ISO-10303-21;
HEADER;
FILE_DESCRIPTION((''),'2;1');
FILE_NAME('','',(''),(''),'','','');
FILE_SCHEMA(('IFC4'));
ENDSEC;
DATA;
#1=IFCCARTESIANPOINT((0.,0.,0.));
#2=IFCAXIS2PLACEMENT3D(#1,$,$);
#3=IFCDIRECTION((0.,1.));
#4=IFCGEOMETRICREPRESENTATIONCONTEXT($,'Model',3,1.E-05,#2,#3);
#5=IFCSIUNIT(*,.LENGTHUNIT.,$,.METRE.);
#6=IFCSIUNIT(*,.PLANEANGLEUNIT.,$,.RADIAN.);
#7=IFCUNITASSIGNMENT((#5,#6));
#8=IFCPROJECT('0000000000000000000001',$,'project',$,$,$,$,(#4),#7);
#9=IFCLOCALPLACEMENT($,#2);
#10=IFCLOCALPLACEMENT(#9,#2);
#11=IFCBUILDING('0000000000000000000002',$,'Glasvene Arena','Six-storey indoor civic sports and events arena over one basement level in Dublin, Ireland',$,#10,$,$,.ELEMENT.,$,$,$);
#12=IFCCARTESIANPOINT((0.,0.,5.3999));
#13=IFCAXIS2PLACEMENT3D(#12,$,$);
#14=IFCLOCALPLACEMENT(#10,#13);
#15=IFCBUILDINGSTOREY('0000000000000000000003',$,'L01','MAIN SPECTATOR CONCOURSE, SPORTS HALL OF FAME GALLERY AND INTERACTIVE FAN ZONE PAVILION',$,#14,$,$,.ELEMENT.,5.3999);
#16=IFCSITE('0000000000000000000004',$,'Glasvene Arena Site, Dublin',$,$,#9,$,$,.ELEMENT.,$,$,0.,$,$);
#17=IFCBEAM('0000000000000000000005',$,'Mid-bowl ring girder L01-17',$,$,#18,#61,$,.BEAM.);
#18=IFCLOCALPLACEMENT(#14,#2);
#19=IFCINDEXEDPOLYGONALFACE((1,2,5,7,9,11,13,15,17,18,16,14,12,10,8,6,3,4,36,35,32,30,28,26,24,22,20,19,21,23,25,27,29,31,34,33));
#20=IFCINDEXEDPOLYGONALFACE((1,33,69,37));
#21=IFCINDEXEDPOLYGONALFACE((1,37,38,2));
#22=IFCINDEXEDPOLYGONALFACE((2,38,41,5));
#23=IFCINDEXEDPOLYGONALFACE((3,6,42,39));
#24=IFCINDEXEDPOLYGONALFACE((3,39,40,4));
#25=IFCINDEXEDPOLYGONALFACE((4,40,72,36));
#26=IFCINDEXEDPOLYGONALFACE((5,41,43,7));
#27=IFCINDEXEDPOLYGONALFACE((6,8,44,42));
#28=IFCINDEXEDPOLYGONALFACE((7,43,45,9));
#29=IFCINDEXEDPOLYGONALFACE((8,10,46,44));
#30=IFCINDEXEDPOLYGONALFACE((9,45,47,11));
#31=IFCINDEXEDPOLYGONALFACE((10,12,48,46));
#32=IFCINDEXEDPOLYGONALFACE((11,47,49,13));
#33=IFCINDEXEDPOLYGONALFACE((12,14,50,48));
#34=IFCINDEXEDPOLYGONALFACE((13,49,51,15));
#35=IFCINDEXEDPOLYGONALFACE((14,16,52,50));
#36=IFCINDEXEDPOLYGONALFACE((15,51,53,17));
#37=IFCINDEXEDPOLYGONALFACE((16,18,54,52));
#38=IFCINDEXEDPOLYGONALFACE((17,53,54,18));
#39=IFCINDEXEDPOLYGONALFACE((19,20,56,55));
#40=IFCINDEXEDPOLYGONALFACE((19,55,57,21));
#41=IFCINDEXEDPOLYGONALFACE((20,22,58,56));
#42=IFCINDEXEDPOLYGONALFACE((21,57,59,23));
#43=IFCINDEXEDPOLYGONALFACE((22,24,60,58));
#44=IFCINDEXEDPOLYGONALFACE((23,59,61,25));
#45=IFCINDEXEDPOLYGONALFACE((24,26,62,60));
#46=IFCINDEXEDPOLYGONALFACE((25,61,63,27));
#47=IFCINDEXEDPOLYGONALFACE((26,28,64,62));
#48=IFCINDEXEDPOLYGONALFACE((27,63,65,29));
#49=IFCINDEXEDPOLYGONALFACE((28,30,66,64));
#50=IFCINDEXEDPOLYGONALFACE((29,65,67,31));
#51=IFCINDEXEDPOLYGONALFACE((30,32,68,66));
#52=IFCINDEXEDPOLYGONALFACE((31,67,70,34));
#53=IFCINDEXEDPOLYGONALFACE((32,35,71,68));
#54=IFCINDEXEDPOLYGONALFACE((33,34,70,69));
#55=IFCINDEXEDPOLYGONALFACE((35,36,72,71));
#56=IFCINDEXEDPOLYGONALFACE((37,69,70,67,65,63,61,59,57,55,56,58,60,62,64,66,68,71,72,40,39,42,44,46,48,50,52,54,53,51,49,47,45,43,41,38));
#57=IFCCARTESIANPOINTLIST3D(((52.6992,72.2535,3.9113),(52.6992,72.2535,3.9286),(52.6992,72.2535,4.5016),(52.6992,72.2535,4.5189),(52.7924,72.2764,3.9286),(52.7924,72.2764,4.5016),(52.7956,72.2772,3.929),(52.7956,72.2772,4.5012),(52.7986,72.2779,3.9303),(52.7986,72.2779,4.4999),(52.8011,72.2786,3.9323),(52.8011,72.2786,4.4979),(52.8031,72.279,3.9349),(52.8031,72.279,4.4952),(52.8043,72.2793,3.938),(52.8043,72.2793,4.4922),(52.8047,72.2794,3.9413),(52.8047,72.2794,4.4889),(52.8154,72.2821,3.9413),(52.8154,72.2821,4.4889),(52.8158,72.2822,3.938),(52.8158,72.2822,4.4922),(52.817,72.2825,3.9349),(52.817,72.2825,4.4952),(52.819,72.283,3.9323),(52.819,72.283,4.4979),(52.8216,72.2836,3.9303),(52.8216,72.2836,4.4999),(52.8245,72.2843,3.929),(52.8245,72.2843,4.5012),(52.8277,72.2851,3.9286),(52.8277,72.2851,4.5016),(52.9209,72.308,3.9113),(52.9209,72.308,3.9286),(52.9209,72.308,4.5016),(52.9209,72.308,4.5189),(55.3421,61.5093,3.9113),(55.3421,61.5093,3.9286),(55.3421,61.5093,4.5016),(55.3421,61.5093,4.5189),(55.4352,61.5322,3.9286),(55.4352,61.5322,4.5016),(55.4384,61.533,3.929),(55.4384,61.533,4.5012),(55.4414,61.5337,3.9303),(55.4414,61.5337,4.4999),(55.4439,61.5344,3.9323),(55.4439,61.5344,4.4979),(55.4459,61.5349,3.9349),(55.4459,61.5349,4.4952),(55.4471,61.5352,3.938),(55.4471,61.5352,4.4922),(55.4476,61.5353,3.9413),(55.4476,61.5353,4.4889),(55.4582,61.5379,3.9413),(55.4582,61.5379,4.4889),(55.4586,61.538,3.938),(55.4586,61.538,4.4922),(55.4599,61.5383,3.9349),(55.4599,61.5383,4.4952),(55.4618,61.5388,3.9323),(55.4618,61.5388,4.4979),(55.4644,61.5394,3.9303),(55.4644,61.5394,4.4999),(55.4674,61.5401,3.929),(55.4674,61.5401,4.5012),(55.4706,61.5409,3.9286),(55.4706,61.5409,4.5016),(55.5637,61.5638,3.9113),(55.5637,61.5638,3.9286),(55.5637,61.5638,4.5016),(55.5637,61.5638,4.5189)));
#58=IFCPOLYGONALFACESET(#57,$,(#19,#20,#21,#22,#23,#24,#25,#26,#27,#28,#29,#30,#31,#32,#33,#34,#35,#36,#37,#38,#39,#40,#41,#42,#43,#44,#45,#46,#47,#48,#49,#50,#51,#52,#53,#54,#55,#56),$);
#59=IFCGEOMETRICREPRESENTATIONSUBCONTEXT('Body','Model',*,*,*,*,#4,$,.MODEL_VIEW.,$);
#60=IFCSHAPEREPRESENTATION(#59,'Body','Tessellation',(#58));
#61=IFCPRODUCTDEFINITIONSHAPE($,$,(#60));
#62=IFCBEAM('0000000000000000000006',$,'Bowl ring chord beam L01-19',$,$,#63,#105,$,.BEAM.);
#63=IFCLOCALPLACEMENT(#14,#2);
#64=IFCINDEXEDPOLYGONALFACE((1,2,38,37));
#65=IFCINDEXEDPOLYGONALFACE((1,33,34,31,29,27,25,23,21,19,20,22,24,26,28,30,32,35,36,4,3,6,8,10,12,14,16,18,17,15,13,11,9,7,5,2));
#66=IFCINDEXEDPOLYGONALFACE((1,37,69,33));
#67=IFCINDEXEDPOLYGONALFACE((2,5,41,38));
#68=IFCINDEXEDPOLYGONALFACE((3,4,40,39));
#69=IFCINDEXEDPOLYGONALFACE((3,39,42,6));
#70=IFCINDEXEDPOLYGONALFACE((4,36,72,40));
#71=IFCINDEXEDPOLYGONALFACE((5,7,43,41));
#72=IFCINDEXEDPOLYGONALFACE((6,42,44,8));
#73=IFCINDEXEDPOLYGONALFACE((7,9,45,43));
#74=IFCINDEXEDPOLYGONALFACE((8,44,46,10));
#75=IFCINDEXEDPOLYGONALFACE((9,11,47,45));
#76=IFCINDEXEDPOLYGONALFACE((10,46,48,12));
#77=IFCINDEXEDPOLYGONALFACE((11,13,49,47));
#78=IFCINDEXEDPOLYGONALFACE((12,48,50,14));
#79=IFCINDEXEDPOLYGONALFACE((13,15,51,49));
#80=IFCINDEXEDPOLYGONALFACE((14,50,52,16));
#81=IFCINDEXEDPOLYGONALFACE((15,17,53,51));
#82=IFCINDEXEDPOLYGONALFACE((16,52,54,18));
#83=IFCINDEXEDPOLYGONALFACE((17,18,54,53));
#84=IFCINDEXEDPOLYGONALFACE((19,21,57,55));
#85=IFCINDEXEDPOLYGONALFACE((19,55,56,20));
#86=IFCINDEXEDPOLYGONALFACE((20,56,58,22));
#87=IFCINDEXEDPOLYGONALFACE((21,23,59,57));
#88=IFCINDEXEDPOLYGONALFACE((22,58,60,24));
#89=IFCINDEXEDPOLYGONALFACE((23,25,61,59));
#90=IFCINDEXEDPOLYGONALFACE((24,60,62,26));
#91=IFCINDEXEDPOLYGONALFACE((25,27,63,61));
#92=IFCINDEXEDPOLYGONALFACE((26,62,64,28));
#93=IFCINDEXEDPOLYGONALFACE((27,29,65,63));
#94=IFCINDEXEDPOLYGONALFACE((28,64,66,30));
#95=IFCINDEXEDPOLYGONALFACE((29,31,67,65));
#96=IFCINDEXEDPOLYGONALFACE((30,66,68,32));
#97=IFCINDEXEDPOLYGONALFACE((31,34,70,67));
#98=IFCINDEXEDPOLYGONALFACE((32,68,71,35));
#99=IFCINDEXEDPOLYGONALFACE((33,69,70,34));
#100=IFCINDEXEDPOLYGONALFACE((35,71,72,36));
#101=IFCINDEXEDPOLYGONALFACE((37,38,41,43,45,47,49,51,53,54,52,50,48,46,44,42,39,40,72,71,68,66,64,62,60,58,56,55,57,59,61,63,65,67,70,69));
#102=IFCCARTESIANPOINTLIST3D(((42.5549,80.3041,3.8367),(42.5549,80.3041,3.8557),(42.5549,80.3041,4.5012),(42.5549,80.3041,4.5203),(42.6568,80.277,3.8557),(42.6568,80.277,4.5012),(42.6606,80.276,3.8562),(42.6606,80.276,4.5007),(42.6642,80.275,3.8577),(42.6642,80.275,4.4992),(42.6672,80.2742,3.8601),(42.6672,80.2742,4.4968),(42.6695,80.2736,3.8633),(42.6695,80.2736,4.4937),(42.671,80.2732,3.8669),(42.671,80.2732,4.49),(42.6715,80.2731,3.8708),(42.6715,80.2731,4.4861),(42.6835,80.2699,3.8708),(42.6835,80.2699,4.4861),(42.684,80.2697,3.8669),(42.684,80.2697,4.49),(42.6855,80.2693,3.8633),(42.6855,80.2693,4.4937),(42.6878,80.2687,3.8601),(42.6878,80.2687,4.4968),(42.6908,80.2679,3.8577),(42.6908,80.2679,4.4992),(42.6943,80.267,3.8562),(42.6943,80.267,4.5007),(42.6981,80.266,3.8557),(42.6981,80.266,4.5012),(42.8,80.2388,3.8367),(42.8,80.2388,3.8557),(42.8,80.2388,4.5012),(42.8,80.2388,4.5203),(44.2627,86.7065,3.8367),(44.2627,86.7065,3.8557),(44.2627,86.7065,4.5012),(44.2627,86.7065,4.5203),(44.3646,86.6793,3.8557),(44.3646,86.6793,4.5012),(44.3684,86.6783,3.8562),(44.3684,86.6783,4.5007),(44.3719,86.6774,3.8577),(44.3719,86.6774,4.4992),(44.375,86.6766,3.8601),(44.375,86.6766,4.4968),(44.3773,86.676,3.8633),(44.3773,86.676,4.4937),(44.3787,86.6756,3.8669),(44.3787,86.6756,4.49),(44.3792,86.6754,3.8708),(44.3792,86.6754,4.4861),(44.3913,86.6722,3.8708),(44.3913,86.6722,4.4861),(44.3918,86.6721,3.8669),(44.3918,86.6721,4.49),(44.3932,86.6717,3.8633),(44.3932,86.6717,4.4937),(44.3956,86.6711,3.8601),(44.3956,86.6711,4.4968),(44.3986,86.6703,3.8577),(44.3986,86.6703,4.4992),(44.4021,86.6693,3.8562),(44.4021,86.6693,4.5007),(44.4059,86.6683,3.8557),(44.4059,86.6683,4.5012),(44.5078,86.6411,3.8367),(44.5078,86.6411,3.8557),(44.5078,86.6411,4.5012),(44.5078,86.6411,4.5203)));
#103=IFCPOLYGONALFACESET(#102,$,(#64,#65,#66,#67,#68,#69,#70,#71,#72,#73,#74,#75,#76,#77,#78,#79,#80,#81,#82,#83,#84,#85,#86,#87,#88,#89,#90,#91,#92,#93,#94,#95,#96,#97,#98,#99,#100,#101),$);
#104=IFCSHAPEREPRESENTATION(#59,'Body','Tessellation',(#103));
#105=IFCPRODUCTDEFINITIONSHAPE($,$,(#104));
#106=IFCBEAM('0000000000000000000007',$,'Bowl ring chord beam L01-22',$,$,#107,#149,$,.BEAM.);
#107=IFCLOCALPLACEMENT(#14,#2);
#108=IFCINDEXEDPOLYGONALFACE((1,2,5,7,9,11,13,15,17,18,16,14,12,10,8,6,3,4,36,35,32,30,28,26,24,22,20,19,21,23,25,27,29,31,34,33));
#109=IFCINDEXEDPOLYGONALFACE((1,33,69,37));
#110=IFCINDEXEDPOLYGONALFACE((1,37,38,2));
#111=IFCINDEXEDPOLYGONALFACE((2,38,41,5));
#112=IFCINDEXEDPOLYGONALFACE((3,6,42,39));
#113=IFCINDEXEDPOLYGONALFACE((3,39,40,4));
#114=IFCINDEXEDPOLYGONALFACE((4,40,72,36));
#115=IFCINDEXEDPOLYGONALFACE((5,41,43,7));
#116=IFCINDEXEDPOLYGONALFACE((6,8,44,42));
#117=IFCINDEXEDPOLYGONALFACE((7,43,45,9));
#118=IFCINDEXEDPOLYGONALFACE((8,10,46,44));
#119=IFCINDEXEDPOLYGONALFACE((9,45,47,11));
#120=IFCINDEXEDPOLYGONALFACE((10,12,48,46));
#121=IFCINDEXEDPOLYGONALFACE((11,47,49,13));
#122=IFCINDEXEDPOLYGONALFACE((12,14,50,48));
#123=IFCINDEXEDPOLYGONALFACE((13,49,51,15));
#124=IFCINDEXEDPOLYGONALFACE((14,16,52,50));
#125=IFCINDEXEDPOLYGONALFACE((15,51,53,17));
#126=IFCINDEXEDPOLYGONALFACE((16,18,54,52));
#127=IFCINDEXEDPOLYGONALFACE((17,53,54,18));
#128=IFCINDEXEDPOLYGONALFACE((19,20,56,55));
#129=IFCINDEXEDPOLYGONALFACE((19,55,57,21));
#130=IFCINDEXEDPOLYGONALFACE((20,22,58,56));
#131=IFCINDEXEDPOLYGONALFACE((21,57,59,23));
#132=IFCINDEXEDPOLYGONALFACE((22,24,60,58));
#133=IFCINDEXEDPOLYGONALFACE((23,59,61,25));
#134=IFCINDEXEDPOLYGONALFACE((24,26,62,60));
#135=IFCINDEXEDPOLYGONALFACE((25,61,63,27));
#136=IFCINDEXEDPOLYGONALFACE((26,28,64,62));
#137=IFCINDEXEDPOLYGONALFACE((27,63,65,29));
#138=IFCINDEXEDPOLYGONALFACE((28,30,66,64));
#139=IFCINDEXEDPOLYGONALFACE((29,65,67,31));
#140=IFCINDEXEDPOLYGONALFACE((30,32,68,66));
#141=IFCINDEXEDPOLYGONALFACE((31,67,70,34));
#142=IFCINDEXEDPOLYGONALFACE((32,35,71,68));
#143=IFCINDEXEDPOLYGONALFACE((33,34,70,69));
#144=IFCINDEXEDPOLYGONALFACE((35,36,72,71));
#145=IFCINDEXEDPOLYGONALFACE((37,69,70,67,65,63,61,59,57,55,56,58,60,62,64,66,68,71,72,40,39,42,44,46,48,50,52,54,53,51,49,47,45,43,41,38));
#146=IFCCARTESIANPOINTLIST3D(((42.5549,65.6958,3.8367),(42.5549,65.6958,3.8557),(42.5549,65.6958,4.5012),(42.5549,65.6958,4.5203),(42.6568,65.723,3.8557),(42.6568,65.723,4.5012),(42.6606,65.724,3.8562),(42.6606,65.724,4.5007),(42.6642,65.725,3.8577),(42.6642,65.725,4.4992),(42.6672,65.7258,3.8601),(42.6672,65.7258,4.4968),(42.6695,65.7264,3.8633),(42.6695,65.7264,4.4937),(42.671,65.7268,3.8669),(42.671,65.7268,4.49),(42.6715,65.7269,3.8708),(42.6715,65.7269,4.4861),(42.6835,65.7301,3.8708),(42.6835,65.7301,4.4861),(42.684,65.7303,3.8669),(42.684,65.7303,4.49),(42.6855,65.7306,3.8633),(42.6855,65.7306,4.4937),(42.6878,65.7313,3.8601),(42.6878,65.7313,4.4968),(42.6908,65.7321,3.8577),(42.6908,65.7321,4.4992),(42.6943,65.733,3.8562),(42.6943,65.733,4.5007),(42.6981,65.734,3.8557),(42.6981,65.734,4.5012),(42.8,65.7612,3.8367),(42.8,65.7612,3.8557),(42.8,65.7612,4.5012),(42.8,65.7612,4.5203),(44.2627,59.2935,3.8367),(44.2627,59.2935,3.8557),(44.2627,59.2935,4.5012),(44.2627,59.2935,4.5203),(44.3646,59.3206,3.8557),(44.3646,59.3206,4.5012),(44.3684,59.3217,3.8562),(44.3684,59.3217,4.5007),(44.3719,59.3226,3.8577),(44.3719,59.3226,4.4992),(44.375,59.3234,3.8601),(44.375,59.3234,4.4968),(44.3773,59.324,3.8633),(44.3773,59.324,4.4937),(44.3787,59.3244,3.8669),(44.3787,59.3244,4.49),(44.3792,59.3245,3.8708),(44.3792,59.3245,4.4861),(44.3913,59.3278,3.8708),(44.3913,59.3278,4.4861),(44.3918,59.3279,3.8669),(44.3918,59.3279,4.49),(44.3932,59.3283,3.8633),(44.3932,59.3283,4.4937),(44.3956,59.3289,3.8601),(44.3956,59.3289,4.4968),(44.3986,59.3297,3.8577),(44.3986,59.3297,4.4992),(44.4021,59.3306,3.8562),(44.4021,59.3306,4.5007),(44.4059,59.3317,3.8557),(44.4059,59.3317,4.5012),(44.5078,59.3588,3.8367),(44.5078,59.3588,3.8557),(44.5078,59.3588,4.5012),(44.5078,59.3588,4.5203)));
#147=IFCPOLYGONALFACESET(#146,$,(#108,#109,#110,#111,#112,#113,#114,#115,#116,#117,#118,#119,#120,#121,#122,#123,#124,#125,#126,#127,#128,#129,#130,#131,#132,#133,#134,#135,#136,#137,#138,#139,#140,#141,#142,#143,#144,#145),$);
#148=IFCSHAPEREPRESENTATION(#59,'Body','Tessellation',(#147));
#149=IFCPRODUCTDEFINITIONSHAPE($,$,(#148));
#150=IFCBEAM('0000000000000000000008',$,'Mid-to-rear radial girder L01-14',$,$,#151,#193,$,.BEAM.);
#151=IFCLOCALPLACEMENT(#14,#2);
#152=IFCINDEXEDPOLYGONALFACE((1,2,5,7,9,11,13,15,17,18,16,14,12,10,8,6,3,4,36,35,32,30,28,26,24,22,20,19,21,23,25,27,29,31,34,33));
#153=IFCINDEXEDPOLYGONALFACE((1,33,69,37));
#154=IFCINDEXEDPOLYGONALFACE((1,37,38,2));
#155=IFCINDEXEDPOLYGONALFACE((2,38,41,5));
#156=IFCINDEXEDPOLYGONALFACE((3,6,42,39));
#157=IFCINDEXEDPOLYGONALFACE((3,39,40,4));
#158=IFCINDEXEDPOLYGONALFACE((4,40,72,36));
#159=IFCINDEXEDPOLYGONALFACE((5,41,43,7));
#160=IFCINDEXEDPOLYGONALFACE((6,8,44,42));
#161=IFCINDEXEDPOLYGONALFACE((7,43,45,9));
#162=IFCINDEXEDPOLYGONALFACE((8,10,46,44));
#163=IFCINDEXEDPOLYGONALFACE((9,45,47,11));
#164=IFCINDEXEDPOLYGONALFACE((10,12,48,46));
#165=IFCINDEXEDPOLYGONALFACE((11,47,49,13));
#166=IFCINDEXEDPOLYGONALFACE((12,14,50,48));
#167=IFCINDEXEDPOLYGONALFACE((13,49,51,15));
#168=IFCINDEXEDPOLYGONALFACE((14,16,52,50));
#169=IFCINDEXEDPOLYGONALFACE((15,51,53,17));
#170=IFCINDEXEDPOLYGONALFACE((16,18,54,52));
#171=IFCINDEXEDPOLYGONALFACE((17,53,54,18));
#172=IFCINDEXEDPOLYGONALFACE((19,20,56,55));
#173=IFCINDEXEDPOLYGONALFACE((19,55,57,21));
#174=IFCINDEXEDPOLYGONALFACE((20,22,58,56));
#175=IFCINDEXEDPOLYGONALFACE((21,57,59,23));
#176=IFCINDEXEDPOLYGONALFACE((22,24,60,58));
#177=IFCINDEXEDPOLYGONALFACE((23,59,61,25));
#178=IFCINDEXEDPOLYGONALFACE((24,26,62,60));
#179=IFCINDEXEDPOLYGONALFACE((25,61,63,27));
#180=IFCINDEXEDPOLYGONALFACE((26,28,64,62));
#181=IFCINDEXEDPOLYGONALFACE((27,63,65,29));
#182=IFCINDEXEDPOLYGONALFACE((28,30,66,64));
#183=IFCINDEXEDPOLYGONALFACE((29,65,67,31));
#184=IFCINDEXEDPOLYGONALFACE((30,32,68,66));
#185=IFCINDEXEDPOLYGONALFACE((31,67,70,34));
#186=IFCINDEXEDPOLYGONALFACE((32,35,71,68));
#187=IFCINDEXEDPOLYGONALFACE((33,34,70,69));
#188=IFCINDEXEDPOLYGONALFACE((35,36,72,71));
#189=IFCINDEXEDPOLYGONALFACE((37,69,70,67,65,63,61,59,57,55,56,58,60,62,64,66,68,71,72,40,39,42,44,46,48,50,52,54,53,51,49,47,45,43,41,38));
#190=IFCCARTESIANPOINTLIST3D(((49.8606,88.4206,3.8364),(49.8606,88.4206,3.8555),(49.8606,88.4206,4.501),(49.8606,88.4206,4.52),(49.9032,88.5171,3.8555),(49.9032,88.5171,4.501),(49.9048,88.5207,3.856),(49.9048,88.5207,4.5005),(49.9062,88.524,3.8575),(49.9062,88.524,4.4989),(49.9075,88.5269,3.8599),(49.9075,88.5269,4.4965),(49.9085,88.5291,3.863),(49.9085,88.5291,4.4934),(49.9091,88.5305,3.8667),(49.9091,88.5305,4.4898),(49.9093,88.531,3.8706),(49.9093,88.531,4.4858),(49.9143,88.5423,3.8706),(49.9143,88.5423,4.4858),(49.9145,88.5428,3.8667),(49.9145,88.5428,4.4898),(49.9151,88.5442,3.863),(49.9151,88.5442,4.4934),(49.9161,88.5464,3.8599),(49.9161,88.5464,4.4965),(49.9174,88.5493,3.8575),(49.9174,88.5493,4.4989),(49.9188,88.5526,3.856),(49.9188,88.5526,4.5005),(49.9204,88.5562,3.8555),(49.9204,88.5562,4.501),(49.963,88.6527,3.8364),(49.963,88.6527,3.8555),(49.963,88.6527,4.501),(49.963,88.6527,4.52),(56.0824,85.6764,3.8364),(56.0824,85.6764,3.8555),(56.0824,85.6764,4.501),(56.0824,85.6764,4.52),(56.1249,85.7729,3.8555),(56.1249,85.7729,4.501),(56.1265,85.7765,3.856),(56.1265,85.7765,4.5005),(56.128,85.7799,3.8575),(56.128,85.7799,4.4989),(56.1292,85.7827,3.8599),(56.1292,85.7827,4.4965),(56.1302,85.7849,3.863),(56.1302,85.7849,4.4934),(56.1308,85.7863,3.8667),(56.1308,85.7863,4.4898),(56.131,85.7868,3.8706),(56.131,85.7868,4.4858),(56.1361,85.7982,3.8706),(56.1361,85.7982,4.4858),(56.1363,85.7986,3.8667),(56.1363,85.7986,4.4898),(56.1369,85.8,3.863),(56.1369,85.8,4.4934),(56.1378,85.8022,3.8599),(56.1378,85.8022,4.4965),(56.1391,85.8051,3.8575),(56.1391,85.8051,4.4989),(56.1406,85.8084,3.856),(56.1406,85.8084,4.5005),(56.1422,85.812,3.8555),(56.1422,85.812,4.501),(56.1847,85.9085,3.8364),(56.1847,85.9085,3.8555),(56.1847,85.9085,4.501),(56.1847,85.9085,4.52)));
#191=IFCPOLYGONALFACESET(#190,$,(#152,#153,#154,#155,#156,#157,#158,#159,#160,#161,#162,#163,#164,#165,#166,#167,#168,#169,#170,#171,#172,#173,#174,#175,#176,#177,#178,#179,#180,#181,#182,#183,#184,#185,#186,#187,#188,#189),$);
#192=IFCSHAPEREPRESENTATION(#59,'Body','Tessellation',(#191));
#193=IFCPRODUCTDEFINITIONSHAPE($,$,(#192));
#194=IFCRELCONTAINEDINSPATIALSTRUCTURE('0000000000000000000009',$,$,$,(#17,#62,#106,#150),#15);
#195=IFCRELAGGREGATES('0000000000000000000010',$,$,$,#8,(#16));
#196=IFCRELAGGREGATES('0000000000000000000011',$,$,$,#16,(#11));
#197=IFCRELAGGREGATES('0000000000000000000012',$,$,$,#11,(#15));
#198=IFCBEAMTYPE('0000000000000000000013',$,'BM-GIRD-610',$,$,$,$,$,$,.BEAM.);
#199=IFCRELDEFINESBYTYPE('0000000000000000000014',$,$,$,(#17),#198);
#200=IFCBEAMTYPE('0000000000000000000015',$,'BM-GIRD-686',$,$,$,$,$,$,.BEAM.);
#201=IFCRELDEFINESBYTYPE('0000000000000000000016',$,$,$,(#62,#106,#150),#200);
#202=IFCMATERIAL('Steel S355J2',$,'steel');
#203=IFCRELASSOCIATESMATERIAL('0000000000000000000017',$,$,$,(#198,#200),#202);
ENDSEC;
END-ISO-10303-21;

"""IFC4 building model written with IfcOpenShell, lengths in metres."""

from ifc_helpers import new_model, si_unit, direction, frame, origin, origin_2d, place, context, subcontext, project, spatial, i_section, extrude, material, material_profile, profile_set, type_object, element, save


model = new_model("IFC4")

# Units and contexts
model_context = context("Model", 3, precision=1e-05, world=origin(), true_north=direction((0.0, 1.0)))
body_context = subcontext(model_context, "Body", "Model", "MODEL_VIEW")
ifc_project = project(units=[si_unit("LENGTHUNIT", "METRE"), si_unit("PLANEANGLEUNIT", "RADIAN")], contexts=[model_context])

# Site, building, storey
site_placement = place(None, origin())
site = spatial("IfcSite", under=ifc_project, at=site_placement, Name="Glasvene Arena Site, Dublin", CompositionType="ELEMENT", RefElevation=0.0)
building_placement = place(site_placement, origin())
building = spatial("IfcBuilding", under=site, at=building_placement, Name="Glasvene Arena", Description="Six-storey indoor civic sports and events arena over one basement level in Dublin, Ireland", CompositionType="ELEMENT")
storey_placement = place(building_placement, frame((0.0, 0.0, 5.3999)))
storey = spatial("IfcBuildingStorey", under=building, at=storey_placement, Name="L01", Description="MAIN SPECTATOR CONCOURSE, SPORTS HALL OF FAME GALLERY AND INTERACTIVE FAN ZONE PAVILION", CompositionType="ELEMENT", Elevation=5.3999)

# Shared definitions
ifc_material_1 = material(Name="Steel S355J2", Category="steel")

# Beams
ifc_material_profile_1 = material_profile(ifc_material_1, i_section(OverallWidth=0.2283, OverallDepth=0.6077, WebThickness=0.011, FlangeThickness=0.0173, FilletRadius=0.0127, at=origin_2d()), Name="UKB 610x229x113")
ifc_profile_set_1 = profile_set([ifc_material_profile_1], Name="Steel S355J2")
beam_type_1 = type_object("IfcBeamType", Name="BM-GIRD-610", PredefinedType="BEAM", material=ifc_profile_set_1)
beam_1_placement = place(storey_placement, frame((52.8101, 72.2808, 4.2151), z_axis=(0.238858, -0.971054, 0.0), x_axis=(0.971054, 0.238858, 0.0)))
element("IfcBeam", 1, at=beam_1_placement, inside=storey, type_object=beam_type_1, Name="Mid-bowl ring girder L01-17", PredefinedType="BEAM", context=body_context, shape_type="SweptSolid", body=[
    extrude(i_section(OverallWidth=0.2283, OverallDepth=0.6077, WebThickness=0.011, FlangeThickness=0.0173, FilletRadius=0.0127, at=origin_2d()), origin(), (0.0, 0.0, 1.0), 11.0645),
])
ifc_material_profile_2 = material_profile(ifc_material_1, i_section(OverallWidth=0.2537, OverallDepth=0.6836, WebThickness=0.0125, FlangeThickness=0.019, FilletRadius=0.0151, at=origin_2d()), Name="UKB 686x254x140")
ifc_profile_set_2 = profile_set([ifc_material_profile_2], Name="Steel S355J2")
beam_type_2 = type_object("IfcBeamType", Name="BM-GIRD-686", PredefinedType="BEAM", material=ifc_profile_set_2)
for number, where, z_axis, x_axis, name in (
    (2, (44.3853, 86.6738, 4.1785), (-0.257729, -0.966217, 0.0), (0.966217, -0.257729, 0.0), "Bowl ring chord beam L01-19"),
    (3, (42.6775, 65.7285, 4.1785), (0.257729, -0.966217, 0.0), (0.966217, 0.257729, 0.0), "Bowl ring chord beam L01-22"),
):
    element("IfcBeam", number, at=place(storey_placement, frame(where, z_axis=z_axis, x_axis=x_axis)), inside=storey, type_object=beam_type_2, Name=name, PredefinedType="BEAM", context=body_context, shape_type="SweptSolid", body=[
        extrude(i_section(OverallWidth=0.2537, OverallDepth=0.6836, WebThickness=0.0125, FlangeThickness=0.019, FilletRadius=0.0151, at=origin_2d()), origin(), (0.0, 0.0, 1.0), 6.6262),
    ])
for number, where, z_axis, x_axis, name in (
    (4, (56.1335, 85.7925, 4.1782), (-0.914957, 0.403552, 0.0), (-0.403552, -0.914957, 0.0), "Mid-to-rear radial girder L01-14"),
):
    element("IfcBeam", number, at=place(storey_placement, frame(where, z_axis=z_axis, x_axis=x_axis)), inside=storey, type_object=beam_type_2, Name=name, PredefinedType="BEAM", context=body_context, shape_type="SweptSolid", body=[
        extrude(i_section(OverallWidth=0.2537, OverallDepth=0.6836, WebThickness=0.0125, FlangeThickness=0.019, FilletRadius=0.0151, at=origin_2d()), origin(), (0.0, 0.0, 1.0), 6.8),
    ])

save(model, "model.ifc")
